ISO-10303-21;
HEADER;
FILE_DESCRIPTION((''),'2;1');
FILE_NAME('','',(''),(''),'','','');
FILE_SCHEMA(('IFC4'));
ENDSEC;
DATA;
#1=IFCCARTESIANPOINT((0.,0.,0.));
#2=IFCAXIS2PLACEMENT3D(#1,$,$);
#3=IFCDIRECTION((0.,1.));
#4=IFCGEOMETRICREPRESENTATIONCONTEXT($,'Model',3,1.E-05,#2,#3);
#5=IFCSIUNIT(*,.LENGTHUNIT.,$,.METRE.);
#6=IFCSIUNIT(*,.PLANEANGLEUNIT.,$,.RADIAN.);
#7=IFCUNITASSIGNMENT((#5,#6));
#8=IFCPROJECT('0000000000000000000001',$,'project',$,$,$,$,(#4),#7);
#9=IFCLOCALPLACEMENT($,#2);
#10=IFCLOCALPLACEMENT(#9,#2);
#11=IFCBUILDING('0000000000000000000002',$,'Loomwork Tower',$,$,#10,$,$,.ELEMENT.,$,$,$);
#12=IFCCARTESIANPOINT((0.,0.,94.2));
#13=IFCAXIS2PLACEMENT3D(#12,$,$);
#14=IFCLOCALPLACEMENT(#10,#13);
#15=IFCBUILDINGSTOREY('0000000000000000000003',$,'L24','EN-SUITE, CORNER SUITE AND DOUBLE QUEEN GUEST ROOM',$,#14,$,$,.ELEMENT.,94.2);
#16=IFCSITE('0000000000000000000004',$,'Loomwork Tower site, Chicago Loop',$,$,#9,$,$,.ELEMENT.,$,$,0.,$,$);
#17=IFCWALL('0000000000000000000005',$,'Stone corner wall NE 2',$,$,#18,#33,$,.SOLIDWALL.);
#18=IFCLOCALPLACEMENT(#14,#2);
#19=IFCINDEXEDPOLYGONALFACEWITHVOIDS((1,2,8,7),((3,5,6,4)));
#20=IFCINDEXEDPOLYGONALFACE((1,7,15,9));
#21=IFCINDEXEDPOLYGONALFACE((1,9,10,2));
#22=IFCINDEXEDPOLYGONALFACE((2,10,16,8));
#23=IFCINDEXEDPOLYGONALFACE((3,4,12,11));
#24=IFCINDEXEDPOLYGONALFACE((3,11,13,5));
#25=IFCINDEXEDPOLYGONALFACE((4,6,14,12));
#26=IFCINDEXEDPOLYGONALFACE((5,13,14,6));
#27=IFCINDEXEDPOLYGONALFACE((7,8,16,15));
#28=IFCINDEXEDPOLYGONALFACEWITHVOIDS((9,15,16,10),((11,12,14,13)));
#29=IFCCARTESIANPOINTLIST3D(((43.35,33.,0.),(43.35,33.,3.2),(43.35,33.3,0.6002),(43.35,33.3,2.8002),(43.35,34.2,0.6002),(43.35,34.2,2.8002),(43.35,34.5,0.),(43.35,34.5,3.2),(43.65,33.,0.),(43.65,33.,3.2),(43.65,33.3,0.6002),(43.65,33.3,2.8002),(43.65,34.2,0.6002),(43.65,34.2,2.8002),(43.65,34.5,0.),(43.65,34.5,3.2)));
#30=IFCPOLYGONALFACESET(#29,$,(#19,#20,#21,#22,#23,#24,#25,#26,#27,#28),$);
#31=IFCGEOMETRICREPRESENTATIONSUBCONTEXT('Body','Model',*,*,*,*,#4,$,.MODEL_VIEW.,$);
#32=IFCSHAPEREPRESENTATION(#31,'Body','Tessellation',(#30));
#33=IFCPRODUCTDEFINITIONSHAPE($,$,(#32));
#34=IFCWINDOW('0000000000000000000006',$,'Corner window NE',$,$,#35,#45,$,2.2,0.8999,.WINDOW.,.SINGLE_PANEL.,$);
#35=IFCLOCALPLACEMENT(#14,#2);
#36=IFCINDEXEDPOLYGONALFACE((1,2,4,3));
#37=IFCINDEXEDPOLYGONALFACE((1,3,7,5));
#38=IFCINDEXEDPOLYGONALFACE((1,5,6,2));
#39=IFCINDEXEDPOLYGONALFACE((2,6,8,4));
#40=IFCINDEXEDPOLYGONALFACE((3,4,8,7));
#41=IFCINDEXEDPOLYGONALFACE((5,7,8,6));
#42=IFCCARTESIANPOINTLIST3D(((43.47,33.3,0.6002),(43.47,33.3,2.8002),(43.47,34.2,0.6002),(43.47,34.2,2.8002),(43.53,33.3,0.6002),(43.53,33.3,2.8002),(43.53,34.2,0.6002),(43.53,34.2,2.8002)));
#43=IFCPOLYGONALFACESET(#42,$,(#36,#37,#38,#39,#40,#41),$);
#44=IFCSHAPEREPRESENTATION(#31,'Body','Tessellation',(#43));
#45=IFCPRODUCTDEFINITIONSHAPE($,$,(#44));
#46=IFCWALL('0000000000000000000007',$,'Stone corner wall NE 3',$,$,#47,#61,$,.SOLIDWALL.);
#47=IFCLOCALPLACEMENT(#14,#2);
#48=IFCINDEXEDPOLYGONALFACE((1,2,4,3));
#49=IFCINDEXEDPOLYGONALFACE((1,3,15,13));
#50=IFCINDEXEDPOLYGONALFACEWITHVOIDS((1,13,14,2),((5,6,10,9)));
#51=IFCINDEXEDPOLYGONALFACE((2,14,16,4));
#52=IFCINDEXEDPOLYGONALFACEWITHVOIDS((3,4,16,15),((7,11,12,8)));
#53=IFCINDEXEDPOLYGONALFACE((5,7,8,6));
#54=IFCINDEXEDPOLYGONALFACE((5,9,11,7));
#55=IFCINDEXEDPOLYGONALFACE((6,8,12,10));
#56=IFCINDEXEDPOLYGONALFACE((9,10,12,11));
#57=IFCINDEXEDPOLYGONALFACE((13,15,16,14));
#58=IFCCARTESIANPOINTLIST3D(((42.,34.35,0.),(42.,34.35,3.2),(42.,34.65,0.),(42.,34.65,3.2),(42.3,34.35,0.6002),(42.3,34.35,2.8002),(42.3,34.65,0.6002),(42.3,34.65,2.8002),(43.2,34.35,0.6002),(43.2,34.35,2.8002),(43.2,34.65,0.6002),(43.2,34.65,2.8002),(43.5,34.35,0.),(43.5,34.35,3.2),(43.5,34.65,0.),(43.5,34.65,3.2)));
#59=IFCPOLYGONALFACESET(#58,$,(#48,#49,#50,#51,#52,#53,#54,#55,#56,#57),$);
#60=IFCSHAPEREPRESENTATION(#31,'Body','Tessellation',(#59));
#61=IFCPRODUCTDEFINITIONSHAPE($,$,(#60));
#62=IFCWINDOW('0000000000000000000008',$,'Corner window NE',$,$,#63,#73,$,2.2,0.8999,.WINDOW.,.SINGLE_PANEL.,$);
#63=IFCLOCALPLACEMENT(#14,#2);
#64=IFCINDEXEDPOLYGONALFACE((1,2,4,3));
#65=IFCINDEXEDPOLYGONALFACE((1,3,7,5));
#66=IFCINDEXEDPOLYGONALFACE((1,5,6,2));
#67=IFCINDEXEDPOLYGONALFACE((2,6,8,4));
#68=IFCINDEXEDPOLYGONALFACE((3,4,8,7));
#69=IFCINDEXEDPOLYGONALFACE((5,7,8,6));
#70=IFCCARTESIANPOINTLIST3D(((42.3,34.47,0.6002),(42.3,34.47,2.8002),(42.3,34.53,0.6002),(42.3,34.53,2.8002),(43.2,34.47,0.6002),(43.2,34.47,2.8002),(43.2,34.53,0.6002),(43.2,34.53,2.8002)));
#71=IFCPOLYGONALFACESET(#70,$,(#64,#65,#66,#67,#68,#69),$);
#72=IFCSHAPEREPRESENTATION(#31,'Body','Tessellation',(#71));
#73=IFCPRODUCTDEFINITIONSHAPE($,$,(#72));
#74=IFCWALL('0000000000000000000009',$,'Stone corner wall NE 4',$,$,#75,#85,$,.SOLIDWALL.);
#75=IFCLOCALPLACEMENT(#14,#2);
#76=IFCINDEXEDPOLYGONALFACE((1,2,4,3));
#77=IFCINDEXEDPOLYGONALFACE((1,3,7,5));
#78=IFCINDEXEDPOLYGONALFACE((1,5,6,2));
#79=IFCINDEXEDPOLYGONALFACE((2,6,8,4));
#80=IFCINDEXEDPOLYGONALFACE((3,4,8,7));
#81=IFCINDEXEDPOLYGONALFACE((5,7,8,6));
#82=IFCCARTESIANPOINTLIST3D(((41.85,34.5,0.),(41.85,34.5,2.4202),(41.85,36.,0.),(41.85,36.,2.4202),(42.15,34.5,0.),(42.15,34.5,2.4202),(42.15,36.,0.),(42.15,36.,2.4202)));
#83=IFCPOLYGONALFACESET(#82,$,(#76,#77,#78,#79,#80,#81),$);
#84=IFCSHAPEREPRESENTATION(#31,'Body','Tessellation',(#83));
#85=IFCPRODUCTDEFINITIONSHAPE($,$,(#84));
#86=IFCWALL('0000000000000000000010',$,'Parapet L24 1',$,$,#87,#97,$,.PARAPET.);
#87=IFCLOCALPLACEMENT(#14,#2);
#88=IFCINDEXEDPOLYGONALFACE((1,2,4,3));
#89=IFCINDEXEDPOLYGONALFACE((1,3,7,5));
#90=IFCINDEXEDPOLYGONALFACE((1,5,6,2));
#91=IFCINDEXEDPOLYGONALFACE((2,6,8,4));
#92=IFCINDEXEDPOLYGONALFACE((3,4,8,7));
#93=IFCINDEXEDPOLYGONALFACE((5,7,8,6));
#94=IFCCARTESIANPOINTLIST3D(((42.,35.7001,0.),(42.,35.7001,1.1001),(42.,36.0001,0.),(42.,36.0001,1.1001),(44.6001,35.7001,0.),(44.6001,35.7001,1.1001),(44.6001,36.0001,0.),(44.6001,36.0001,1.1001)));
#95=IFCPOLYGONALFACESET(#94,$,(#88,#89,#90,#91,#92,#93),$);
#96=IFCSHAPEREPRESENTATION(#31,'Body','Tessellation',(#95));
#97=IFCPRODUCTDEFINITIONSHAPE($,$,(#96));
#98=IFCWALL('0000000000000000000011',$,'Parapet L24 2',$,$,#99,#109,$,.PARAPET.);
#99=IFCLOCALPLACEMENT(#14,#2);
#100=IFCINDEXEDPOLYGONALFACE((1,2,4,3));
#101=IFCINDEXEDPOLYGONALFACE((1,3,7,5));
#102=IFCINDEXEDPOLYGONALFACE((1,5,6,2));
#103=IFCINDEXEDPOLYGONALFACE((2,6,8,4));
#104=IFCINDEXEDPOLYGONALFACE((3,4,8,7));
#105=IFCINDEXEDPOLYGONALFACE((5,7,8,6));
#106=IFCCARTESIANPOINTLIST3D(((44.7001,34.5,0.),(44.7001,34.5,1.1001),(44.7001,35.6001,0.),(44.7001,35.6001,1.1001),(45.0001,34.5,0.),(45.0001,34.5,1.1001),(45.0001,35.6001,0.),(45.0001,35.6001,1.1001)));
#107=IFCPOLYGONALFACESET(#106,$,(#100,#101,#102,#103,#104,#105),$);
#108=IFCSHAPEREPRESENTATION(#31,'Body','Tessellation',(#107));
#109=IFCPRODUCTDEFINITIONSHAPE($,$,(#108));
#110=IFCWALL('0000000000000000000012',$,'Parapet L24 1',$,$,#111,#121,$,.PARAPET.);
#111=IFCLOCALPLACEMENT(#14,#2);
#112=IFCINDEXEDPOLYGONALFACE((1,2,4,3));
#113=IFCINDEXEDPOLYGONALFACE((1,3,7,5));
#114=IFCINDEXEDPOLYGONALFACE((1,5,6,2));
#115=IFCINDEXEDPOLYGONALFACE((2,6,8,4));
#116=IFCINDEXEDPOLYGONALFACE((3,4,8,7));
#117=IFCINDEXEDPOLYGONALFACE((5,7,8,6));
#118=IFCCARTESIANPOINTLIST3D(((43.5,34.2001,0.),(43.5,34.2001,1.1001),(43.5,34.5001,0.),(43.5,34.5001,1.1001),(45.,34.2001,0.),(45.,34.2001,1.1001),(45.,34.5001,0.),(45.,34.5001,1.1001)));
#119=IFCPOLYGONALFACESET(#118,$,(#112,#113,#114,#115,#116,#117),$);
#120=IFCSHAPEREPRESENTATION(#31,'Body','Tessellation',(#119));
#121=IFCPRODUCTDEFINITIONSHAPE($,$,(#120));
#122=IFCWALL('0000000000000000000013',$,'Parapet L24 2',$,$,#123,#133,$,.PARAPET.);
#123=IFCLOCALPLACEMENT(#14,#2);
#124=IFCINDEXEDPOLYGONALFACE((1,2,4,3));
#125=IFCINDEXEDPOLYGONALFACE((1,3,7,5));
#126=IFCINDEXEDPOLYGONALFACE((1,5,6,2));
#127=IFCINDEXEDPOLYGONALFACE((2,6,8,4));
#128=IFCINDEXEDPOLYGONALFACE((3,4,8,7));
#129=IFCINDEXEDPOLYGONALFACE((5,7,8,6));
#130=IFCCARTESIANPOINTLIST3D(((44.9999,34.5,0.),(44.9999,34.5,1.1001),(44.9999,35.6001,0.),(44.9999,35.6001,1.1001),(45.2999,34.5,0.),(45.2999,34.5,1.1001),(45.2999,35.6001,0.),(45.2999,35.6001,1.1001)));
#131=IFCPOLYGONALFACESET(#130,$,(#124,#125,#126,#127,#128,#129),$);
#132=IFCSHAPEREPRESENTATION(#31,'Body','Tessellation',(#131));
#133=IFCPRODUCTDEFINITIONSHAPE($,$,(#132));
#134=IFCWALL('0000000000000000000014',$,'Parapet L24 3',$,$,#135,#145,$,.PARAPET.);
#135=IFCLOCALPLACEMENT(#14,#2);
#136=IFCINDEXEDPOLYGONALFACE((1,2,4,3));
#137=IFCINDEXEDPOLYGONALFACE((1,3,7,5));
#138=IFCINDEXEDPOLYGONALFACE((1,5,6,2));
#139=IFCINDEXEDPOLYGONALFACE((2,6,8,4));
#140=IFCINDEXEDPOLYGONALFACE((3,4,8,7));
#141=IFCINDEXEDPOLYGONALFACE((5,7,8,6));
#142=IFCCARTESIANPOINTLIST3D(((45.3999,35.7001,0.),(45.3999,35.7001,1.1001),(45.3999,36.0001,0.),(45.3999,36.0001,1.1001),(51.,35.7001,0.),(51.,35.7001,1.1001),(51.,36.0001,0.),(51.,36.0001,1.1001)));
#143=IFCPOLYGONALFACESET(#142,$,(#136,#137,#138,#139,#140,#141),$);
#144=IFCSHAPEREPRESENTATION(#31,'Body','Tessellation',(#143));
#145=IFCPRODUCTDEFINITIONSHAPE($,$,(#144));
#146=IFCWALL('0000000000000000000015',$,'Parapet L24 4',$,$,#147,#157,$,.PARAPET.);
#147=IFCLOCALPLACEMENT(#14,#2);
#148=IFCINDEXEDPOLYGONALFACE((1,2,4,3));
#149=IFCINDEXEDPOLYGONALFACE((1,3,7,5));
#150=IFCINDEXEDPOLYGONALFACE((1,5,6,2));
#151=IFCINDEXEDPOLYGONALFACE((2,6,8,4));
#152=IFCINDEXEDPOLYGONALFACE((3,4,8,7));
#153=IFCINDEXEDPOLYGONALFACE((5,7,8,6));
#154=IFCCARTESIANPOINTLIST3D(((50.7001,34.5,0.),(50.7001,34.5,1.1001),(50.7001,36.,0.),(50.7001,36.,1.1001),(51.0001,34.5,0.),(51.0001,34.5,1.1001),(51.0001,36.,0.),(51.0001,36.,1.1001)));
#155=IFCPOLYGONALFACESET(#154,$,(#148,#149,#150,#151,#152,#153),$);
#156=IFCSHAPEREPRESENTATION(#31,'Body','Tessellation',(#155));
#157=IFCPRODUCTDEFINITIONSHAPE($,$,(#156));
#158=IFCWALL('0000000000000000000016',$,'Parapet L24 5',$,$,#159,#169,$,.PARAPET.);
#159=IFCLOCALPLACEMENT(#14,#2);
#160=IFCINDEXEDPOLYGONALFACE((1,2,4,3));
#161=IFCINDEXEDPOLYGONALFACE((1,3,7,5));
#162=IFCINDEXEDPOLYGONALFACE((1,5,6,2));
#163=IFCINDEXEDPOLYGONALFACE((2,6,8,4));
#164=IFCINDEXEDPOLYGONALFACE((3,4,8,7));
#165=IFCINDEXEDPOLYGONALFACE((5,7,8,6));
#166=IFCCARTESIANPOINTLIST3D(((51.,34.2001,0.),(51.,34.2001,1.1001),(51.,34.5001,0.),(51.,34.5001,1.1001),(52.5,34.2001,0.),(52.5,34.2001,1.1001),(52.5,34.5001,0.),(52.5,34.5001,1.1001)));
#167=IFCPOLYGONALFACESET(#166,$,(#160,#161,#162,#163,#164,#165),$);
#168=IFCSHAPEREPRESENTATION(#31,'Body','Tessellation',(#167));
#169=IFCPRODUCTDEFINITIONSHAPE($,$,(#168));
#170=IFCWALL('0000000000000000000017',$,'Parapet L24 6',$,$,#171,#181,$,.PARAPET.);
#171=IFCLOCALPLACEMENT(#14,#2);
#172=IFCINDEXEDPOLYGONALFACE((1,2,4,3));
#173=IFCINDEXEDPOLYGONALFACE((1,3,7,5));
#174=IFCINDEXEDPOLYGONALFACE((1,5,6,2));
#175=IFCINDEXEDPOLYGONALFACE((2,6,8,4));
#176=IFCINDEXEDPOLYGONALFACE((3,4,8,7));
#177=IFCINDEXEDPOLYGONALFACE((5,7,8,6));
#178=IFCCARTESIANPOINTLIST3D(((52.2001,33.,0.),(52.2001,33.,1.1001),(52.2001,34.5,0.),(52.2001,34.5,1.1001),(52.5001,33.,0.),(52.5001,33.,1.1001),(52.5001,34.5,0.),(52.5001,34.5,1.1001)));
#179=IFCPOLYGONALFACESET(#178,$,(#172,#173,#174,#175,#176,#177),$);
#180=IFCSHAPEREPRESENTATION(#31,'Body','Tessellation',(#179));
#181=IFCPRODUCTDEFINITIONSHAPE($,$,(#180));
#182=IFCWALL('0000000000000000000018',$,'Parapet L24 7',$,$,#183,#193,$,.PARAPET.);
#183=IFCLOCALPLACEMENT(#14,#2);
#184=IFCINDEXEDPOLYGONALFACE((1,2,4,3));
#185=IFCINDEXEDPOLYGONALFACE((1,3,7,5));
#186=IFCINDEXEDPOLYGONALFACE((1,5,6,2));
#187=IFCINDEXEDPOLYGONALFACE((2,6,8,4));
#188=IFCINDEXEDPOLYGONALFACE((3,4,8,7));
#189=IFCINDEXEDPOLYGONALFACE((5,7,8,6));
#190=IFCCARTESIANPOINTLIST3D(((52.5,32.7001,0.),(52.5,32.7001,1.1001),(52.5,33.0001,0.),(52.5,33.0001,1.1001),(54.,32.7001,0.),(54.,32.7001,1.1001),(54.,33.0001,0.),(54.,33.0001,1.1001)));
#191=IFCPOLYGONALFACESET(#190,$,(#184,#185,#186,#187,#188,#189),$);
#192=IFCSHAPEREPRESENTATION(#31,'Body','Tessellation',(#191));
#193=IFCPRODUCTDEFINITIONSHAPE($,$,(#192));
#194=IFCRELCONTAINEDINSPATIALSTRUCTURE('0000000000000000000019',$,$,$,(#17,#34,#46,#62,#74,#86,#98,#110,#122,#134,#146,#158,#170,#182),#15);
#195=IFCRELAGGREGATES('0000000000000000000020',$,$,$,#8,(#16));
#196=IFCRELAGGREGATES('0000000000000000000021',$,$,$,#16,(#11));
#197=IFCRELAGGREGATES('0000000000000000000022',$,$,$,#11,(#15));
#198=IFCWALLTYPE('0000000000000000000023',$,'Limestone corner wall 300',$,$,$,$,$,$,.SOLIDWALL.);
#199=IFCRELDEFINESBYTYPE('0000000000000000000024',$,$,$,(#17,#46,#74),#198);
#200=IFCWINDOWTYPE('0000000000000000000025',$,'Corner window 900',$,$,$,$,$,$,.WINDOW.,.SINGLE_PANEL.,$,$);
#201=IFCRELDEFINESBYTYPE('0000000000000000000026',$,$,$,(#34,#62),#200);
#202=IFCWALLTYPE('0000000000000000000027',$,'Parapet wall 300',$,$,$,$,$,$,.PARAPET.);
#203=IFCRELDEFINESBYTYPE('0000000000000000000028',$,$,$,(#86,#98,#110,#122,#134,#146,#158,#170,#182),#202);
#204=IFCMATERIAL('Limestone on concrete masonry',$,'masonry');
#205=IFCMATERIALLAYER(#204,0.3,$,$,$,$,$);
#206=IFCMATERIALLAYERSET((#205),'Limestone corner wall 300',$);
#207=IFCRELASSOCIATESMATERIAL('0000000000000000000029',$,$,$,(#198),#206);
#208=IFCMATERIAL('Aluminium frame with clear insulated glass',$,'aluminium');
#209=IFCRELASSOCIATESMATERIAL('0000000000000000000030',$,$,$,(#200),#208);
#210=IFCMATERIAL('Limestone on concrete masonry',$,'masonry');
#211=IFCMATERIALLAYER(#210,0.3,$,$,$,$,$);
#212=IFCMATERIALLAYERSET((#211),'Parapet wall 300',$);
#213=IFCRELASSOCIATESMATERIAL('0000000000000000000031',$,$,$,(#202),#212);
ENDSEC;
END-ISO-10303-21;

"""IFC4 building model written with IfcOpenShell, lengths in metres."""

from ifc_helpers import new_model, si_unit, direction, frame, frame_2d, origin, place, context, subcontext, project, spatial, rectangle, extrude, material, layer, layer_set, type_object, element, fill, save


model = new_model("IFC4")

# Units and contexts
model_context = context("Model", 3, precision=1e-05, world=origin(), true_north=direction((0.0, 1.0)))
body_context = subcontext(model_context, "Body", "Model", "MODEL_VIEW")
ifc_project = project(units=[si_unit("LENGTHUNIT", "METRE"), si_unit("PLANEANGLEUNIT", "RADIAN")], contexts=[model_context])

# Site, building, storey
site_placement = place(None, origin())
site = spatial("IfcSite", under=ifc_project, at=site_placement, Name="Loomwork Tower site, Chicago Loop", CompositionType="ELEMENT", RefElevation=0.0)
building_placement = place(site_placement, origin())
building = spatial("IfcBuilding", under=site, at=building_placement, Name="Loomwork Tower", CompositionType="ELEMENT")
storey_placement = place(building_placement, frame((0.0, 0.0, 94.2)))
storey = spatial("IfcBuildingStorey", under=building, at=storey_placement, Name="L24", Description="EN-SUITE, CORNER SUITE AND DOUBLE QUEEN GUEST ROOM", CompositionType="ELEMENT", Elevation=94.2)

# Shared definitions
ifc_material_1 = material(Name="Limestone on concrete masonry", Category="masonry")
ifc_layer_1 = layer(ifc_material_1, 0.3)
ifc_layer_set_1 = layer_set([ifc_layer_1], Name="Limestone corner wall 300")
wall_type_1 = type_object("IfcWallType", Name="Limestone corner wall 300", PredefinedType="SOLIDWALL", material=ifc_layer_set_1)

# Walls, openings, windows
wall_1_placement = place(storey_placement, frame((43.5, 33.0, 0.0), z_axis=(0.0, 0.0, 1.0), x_axis=(0.0, 1.0, 0.0)))
wall_1 = element("IfcWall", 1, at=wall_1_placement, inside=storey, type_object=wall_type_1, Name="Stone corner wall NE 2", PredefinedType="SOLIDWALL", context=body_context, shape_type="SweptSolid", body=[
    extrude(rectangle(XDim=1.5, YDim=0.3, at=frame_2d((0.75, 0.0))), origin(), (0.0, 0.0, 1.0), 3.2),
])
opening_1_placement = place(wall_1_placement, frame((0.3, 0.0, 0.6001)))
opening_1 = element("IfcOpeningElement", 2, at=opening_1_placement, cuts=wall_1, PredefinedType="OPENING", context=body_context, shape_type="SweptSolid", body=[
    extrude(rectangle(XDim=0.8999, YDim=2.2, at=frame_2d((0.45, 1.1001))), frame((0.0, 0.1599, 0.0), z_axis=(0.0, -1.0, 0.0), x_axis=(1.0, 0.0, 0.0)), (0.0, 0.0, 1.0), 0.3201),
])
ifc_material_2 = material(Name="Aluminium frame with clear insulated glass", Category="aluminium")
window_type = type_object("IfcWindowType", Name="Corner window 900", PartitioningType="SINGLE_PANEL", PredefinedType="WINDOW", material=ifc_material_2)
window_1_placement = place(opening_1_placement, origin())
window_1 = element("IfcWindow", 3, at=window_1_placement, inside=storey, type_object=window_type, Name="Corner window NE", OverallHeight=2.2, OverallWidth=0.8999, PartitioningType="SINGLE_PANEL", PredefinedType="WINDOW", context=body_context, shape_type="SweptSolid", body=[
    extrude(rectangle(XDim=0.8999, YDim=2.2, at=frame_2d((0.45, 1.1001))), frame((0.0, 0.03, 0.0), z_axis=(0.0, -1.0, 0.0), x_axis=(1.0, 0.0, 0.0)), (0.0, 0.0, 1.0), 0.0601),
])
fill(opening_1, window_1)
wall_2_placement = place(storey_placement, frame((43.5, 34.5, 0.0), z_axis=(0.0, 0.0, 1.0), x_axis=(-1.0, 0.0, 0.0)))
wall_2 = element("IfcWall", 4, at=wall_2_placement, inside=storey, type_object=wall_type_1, Name="Stone corner wall NE 3", PredefinedType="SOLIDWALL", context=body_context, shape_type="SweptSolid", body=[
    extrude(rectangle(XDim=1.5, YDim=0.3, at=frame_2d((0.75, 0.0))), origin(), (0.0, 0.0, 1.0), 3.2),
])
opening_2_placement = place(wall_2_placement, frame((0.3, 0.0, 0.6001)))
opening_2 = element("IfcOpeningElement", 5, at=opening_2_placement, cuts=wall_2, PredefinedType="OPENING", context=body_context, shape_type="SweptSolid", body=[
    extrude(rectangle(XDim=0.8999, YDim=2.2, at=frame_2d((0.45, 1.1001))), frame((0.0, 0.1599, 0.0), z_axis=(0.0, -1.0, 0.0), x_axis=(1.0, 0.0, 0.0)), (0.0, 0.0, 1.0), 0.3201),
])
window_2_placement = place(opening_2_placement, origin())
window_2 = element("IfcWindow", 6, at=window_2_placement, inside=storey, type_object=window_type, Name="Corner window NE", OverallHeight=2.2, OverallWidth=0.8999, PartitioningType="SINGLE_PANEL", PredefinedType="WINDOW", context=body_context, shape_type="SweptSolid", body=[
    extrude(rectangle(XDim=0.8999, YDim=2.2, at=frame_2d((0.45, 1.1001))), frame((0.0, 0.03, 0.0), z_axis=(0.0, -1.0, 0.0), x_axis=(1.0, 0.0, 0.0)), (0.0, 0.0, 1.0), 0.0601),
])
fill(opening_2, window_2)

# Walls
wall_3_placement = place(storey_placement, frame((42.0, 34.5, 0.0), z_axis=(0.0, 0.0, 1.0), x_axis=(0.0, 1.0, 0.0)))
element("IfcWall", 7, at=wall_3_placement, inside=storey, type_object=wall_type_1, Name="Stone corner wall NE 4", PredefinedType="SOLIDWALL", context=body_context, shape_type="SweptSolid", body=[
    extrude(rectangle(XDim=1.5, YDim=0.3, at=frame_2d((0.75, 0.0))), origin(), (0.0, 0.0, 1.0), 2.4202),
])
ifc_material_3 = material(Name="Limestone on concrete masonry", Category="masonry")
ifc_layer_2 = layer(ifc_material_3, 0.3)
ifc_layer_set_2 = layer_set([ifc_layer_2], Name="Parapet wall 300")
wall_type_2 = type_object("IfcWallType", Name="Parapet wall 300", PredefinedType="PARAPET", material=ifc_layer_set_2)
wall_4_placement = place(storey_placement, frame((42.0, 35.8501, 0.0), z_axis=(0.0, 0.0, 1.0), x_axis=(1.0, 0.0, 0.0)))
element("IfcWall", 8, at=wall_4_placement, inside=storey, type_object=wall_type_2, Name="Parapet L24 1", PredefinedType="PARAPET", context=body_context, shape_type="SweptSolid", body=[
    extrude(rectangle(XDim=2.6001, YDim=0.3, at=frame_2d((1.3, 0.0))), origin(), (0.0, 0.0, 1.0), 1.1001),
])
wall_5_placement = place(storey_placement, frame((44.8501, 35.6001, 0.0), z_axis=(0.0, 0.0, 1.0), x_axis=(0.0, -1.0, 0.0)))
element("IfcWall", 9, at=wall_5_placement, inside=storey, type_object=wall_type_2, Name="Parapet L24 2", PredefinedType="PARAPET", context=body_context, shape_type="SweptSolid", body=[
    extrude(rectangle(XDim=1.1001, YDim=0.3, at=frame_2d((0.55, 0.0))), origin(), (0.0, 0.0, 1.0), 1.1001),
])
wall_6_placement = place(storey_placement, frame((43.5, 34.3501, 0.0), z_axis=(0.0, 0.0, 1.0), x_axis=(1.0, 0.0, 0.0)))
element("IfcWall", 10, at=wall_6_placement, inside=storey, type_object=wall_type_2, Name="Parapet L24 1", PredefinedType="PARAPET", context=body_context, shape_type="SweptSolid", body=[
    extrude(rectangle(XDim=1.5, YDim=0.3, at=frame_2d((0.75, 0.0))), origin(), (0.0, 0.0, 1.0), 1.1001),
])
wall_7_placement = place(storey_placement, frame((45.1499, 34.5, 0.0), z_axis=(0.0, 0.0, 1.0), x_axis=(0.0, 1.0, 0.0)))
element("IfcWall", 11, at=wall_7_placement, inside=storey, type_object=wall_type_2, Name="Parapet L24 2", PredefinedType="PARAPET", context=body_context, shape_type="SweptSolid", body=[
    extrude(rectangle(XDim=1.1001, YDim=0.3, at=frame_2d((0.55, 0.0))), origin(), (0.0, 0.0, 1.0), 1.1001),
])
wall_8_placement = place(storey_placement, frame((45.3999, 35.8501, 0.0), z_axis=(0.0, 0.0, 1.0), x_axis=(1.0, 0.0, 0.0)))
element("IfcWall", 12, at=wall_8_placement, inside=storey, type_object=wall_type_2, Name="Parapet L24 3", PredefinedType="PARAPET", context=body_context, shape_type="SweptSolid", body=[
    extrude(rectangle(XDim=5.6001, YDim=0.3, at=frame_2d((2.8, 0.0))), origin(), (0.0, 0.0, 1.0), 1.1001),
])
for number, where, z_axis, x_axis, name in (
    (13, (50.8501, 36.0, 0.0), (0.0, 0.0, 1.0), (0.0, -1.0, 0.0), "Parapet L24 4"),
    (14, (51.0, 34.3501, 0.0), (0.0, 0.0, 1.0), (1.0, 0.0, 0.0), "Parapet L24 5"),
    (15, (52.3501, 34.5, 0.0), (0.0, 0.0, 1.0), (0.0, -1.0, 0.0), "Parapet L24 6"),
    (16, (52.5, 32.8501, 0.0), (0.0, 0.0, 1.0), (1.0, 0.0, 0.0), "Parapet L24 7"),
):
    element("IfcWall", number, at=place(storey_placement, frame(where, z_axis=z_axis, x_axis=x_axis)), inside=storey, type_object=wall_type_2, Name=name, PredefinedType="PARAPET", context=body_context, shape_type="SweptSolid", body=[
        extrude(rectangle(XDim=1.5, YDim=0.3, at=frame_2d((0.75, 0.0))), origin(), (0.0, 0.0, 1.0), 1.1001),
    ])

save(model, "model.ifc")
